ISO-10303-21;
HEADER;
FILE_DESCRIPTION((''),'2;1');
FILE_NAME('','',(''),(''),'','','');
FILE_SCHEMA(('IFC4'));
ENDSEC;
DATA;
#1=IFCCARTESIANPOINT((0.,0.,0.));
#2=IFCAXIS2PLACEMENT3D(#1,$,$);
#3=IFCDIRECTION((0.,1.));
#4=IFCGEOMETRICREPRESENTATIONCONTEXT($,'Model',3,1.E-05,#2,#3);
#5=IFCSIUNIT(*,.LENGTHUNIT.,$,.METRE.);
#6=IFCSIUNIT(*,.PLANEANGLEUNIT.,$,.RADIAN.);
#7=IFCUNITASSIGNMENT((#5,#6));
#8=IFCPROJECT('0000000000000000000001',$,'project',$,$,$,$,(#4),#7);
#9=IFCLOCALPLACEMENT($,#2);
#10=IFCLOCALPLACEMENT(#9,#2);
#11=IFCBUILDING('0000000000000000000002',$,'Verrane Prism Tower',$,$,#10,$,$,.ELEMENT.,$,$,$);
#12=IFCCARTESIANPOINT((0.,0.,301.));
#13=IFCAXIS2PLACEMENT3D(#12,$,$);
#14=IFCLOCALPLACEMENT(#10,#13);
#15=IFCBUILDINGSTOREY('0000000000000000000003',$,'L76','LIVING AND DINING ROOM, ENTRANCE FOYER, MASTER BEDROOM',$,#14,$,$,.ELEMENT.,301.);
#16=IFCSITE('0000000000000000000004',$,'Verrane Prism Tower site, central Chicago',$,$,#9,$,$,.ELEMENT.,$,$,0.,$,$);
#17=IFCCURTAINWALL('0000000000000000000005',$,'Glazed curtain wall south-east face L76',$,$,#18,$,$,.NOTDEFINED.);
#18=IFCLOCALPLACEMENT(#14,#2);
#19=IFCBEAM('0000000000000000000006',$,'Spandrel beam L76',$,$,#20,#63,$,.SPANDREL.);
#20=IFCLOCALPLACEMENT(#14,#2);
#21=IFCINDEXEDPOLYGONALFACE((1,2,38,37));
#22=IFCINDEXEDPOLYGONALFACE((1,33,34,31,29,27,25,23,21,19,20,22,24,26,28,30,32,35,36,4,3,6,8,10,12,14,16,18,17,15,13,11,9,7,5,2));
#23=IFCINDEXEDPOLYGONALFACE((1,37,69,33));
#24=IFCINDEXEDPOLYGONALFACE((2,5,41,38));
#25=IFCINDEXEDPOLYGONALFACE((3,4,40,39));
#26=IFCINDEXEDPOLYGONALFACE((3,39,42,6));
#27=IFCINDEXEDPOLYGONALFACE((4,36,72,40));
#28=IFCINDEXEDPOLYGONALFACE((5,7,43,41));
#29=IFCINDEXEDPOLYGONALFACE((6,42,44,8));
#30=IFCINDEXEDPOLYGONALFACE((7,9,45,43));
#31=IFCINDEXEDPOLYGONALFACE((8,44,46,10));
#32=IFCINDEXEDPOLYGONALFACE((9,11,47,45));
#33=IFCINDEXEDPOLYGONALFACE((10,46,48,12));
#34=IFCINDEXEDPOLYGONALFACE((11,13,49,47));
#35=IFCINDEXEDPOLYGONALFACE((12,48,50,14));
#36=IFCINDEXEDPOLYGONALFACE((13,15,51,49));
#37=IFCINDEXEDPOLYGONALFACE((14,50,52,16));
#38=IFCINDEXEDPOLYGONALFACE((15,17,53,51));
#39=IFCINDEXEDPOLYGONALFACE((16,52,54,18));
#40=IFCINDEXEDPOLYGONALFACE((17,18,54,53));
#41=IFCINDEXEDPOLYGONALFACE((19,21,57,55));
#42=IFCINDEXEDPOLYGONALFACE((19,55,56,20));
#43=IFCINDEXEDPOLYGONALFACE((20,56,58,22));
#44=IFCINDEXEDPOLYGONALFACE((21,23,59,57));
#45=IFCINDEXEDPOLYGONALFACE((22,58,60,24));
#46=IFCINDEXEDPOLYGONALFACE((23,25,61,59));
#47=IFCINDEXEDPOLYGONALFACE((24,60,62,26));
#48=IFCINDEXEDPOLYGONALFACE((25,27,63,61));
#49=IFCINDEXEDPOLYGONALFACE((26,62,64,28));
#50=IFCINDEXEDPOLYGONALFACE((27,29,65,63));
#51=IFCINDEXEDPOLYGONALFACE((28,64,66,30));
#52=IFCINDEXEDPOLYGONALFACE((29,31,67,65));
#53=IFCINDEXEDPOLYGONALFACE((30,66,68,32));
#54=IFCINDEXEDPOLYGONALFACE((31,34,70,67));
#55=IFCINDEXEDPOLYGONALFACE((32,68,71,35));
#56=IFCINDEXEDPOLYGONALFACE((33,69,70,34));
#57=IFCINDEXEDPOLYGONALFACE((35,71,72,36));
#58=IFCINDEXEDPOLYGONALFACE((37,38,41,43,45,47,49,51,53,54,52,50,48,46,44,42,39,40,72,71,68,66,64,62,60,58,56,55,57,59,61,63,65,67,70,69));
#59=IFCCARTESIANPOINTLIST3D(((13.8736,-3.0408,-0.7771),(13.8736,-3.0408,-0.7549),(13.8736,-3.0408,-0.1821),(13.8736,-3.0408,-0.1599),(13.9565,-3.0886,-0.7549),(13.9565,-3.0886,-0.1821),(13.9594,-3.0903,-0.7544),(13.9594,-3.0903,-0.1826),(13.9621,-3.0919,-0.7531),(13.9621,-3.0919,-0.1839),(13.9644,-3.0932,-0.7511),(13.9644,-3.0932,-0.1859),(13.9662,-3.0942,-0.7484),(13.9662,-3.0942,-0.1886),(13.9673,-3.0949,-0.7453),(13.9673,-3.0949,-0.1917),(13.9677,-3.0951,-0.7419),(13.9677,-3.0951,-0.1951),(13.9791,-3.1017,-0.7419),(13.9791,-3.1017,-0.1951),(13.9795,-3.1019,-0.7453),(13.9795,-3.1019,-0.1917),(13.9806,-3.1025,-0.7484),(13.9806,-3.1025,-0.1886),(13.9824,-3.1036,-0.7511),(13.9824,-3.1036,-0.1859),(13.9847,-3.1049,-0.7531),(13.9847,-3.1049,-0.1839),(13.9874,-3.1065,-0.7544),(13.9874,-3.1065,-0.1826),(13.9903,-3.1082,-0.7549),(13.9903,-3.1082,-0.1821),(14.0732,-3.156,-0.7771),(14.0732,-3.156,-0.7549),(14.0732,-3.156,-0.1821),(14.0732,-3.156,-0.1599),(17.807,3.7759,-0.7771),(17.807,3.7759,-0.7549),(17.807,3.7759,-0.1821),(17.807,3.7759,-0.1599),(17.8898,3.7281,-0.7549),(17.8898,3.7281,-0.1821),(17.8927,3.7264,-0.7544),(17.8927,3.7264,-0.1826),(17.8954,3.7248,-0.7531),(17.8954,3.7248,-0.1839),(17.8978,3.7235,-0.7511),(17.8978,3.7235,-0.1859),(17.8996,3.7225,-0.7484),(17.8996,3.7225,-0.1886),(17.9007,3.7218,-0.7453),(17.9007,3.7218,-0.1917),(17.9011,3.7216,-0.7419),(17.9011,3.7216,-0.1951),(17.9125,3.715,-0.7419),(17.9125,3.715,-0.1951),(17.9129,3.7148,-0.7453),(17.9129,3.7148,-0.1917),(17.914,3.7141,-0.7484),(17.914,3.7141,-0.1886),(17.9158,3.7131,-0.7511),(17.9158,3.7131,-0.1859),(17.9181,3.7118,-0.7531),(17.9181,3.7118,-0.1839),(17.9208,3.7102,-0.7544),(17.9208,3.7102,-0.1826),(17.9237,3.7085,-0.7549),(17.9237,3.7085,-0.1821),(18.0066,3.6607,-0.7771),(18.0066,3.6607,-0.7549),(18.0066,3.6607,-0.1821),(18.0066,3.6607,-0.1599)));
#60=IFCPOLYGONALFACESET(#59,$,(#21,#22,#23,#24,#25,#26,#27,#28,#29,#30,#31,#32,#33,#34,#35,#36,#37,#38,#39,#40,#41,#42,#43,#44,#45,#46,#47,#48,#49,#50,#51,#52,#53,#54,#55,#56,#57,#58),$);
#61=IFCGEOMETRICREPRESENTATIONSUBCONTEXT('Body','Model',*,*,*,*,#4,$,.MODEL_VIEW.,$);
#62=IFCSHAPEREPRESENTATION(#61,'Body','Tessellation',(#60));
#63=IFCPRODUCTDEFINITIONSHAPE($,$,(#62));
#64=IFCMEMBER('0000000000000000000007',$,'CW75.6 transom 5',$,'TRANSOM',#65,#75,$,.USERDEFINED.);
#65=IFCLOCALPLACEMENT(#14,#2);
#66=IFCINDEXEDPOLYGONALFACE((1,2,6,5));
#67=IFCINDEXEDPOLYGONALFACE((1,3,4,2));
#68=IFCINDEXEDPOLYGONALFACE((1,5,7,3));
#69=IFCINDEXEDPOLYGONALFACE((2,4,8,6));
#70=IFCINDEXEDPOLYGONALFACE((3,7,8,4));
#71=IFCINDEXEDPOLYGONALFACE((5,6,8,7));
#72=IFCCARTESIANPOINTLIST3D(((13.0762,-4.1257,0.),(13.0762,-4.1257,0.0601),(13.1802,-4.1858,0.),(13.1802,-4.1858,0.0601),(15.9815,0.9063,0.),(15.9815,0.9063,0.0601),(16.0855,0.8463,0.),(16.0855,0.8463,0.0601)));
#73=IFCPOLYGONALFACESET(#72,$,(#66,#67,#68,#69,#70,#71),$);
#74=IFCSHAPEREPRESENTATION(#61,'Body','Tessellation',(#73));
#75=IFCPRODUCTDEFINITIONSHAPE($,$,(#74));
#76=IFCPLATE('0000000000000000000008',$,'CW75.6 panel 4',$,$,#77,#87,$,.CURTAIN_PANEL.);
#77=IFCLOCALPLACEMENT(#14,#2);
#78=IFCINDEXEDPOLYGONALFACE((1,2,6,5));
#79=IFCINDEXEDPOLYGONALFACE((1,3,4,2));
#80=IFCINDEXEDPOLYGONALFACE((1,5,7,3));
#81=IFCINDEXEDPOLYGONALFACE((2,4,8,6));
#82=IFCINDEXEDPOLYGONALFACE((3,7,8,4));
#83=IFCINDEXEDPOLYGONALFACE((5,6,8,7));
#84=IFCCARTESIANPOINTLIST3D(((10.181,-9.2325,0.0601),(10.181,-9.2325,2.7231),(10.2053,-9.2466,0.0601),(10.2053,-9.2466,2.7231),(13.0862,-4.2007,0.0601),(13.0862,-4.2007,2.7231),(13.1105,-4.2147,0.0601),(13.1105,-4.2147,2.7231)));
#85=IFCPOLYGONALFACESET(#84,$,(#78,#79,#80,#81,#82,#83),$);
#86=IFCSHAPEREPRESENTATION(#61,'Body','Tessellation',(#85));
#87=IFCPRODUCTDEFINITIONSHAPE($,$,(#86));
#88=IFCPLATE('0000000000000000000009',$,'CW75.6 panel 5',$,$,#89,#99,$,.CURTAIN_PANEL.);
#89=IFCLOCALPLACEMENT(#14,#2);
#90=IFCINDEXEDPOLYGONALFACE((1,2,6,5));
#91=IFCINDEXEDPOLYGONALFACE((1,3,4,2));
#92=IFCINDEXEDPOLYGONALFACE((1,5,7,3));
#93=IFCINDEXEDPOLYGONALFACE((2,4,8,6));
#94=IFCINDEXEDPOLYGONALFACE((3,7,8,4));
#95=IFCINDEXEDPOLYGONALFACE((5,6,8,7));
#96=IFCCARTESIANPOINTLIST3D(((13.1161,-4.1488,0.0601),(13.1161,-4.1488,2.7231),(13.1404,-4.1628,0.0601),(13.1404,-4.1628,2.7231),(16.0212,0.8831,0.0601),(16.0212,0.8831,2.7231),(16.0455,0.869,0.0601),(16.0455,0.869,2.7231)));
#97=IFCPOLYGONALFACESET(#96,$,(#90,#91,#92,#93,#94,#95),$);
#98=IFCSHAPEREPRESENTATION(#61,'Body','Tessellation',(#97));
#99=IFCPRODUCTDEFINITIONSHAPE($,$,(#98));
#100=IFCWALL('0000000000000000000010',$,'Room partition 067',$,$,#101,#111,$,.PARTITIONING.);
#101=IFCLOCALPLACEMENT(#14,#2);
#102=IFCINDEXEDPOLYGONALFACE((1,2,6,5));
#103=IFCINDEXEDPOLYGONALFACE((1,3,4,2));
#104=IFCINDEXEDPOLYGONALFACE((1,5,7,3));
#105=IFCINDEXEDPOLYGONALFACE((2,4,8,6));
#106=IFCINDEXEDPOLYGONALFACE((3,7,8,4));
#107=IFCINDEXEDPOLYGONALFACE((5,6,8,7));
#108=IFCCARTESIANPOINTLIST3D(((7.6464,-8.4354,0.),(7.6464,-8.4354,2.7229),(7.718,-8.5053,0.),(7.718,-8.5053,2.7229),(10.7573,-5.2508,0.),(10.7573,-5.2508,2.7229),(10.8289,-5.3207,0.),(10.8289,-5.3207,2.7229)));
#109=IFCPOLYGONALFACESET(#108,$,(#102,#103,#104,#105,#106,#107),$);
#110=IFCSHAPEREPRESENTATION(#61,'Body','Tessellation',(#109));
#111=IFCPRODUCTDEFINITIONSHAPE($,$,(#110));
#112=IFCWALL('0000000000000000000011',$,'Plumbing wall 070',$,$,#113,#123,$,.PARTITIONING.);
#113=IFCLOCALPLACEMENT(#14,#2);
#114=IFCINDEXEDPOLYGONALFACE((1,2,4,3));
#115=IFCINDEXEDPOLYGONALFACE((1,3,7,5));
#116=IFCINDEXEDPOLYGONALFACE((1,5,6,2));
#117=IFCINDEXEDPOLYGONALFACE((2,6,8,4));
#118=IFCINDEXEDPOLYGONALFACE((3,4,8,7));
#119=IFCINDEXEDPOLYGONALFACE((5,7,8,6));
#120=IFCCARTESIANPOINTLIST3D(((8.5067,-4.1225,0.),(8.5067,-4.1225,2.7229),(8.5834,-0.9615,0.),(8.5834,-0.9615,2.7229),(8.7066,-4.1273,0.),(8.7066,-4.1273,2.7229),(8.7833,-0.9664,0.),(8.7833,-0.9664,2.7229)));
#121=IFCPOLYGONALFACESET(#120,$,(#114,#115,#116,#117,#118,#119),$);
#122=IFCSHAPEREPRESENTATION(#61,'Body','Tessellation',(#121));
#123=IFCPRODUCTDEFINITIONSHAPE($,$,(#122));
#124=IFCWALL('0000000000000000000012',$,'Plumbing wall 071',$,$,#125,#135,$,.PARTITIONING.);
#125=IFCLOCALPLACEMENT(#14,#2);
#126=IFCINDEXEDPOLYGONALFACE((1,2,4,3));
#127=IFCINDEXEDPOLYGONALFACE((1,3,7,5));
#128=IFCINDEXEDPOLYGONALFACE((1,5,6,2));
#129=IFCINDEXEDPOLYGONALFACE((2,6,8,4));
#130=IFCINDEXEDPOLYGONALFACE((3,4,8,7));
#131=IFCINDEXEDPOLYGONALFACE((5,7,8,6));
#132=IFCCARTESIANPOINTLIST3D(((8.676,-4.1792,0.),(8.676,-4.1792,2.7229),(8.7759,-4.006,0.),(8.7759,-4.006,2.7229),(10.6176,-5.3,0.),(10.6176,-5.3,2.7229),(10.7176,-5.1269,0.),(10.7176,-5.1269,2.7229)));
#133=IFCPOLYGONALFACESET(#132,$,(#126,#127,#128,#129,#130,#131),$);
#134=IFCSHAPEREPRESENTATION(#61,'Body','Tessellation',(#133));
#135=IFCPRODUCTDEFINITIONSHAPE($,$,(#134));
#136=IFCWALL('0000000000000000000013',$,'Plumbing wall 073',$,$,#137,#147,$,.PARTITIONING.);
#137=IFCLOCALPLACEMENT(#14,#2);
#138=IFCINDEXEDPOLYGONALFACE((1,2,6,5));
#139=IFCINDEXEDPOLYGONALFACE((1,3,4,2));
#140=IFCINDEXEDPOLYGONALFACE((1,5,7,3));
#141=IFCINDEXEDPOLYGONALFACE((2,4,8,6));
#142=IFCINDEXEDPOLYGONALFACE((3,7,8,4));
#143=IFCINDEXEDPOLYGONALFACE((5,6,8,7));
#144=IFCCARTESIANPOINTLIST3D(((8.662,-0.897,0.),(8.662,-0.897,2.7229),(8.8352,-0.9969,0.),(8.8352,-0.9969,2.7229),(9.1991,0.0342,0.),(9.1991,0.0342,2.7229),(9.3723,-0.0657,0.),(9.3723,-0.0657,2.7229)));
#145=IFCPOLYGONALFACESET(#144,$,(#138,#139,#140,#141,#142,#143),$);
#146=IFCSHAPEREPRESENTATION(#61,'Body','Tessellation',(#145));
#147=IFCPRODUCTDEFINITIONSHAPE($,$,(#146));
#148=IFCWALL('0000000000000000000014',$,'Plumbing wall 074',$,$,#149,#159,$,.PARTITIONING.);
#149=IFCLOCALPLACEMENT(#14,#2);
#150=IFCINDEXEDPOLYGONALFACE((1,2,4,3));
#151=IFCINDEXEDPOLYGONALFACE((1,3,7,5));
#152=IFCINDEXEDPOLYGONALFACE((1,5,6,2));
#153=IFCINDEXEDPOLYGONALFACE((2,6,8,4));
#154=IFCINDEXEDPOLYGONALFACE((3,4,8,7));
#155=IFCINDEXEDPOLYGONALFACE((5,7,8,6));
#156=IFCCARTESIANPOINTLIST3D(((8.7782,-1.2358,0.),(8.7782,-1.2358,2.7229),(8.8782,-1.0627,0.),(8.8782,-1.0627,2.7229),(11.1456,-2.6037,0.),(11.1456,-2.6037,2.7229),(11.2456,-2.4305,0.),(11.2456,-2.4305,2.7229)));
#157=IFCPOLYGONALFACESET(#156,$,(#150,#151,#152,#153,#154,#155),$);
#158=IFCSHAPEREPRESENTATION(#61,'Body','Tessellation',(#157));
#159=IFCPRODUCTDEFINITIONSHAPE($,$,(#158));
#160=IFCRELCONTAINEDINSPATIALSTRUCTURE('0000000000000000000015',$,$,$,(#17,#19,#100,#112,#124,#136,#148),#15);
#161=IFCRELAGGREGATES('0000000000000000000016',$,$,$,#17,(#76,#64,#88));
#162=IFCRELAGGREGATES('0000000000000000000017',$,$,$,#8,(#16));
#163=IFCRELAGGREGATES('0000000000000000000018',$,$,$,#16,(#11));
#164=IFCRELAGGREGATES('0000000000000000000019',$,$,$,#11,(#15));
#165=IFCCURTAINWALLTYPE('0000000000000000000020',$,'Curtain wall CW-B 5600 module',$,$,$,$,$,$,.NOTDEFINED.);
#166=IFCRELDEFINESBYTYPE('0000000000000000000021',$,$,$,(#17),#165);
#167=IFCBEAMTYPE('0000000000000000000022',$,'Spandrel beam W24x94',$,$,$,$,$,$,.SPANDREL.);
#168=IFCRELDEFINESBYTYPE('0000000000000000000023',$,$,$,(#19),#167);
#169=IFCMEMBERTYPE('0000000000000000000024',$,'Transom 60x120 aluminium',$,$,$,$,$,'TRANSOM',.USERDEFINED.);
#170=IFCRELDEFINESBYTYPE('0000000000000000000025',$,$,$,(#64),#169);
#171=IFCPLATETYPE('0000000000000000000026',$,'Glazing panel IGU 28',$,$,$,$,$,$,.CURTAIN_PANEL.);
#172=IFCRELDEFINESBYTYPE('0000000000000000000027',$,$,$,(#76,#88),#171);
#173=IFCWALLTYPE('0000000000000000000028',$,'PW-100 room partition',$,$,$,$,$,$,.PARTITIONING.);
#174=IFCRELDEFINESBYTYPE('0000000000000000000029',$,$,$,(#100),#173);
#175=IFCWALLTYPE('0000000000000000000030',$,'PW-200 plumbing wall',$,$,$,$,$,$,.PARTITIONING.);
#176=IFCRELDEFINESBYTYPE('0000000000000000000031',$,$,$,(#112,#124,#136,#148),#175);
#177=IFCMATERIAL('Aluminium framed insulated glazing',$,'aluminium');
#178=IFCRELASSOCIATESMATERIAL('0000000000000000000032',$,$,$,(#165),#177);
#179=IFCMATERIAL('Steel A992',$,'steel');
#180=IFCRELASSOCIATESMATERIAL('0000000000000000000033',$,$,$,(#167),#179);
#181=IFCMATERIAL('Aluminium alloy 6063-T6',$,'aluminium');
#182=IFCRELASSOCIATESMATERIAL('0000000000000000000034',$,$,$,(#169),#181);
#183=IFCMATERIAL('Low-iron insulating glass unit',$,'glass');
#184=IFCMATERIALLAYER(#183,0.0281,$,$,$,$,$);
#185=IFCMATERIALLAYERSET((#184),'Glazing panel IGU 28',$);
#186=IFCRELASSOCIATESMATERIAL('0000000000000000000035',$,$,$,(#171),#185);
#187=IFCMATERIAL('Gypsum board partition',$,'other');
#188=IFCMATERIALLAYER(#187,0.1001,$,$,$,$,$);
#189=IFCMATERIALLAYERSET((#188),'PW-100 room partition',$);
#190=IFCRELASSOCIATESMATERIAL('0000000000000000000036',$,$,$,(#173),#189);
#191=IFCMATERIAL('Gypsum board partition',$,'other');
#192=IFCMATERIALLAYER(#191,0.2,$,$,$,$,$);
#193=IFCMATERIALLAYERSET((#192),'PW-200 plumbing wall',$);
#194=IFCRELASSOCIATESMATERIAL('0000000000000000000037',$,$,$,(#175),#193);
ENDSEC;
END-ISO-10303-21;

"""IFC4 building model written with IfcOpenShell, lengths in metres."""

from ifc_helpers import new_model, si_unit, direction, frame, frame_2d, origin, origin_2d, place, context, subcontext, project, spatial, rectangle, i_section, extrude, material, layer, layer_set, material_profile, profile_set, type_object, element, aggregate, save


model = new_model("IFC4")

# Units and contexts
model_context = context("Model", 3, precision=1e-05, world=origin(), true_north=direction((0.0, 1.0)))
body_context = subcontext(model_context, "Body", "Model", "MODEL_VIEW")
ifc_project = project(units=[si_unit("LENGTHUNIT", "METRE"), si_unit("PLANEANGLEUNIT", "RADIAN")], contexts=[model_context])

# Site, building, storey
site_placement = place(None, origin())
site = spatial("IfcSite", under=ifc_project, at=site_placement, Name="Verrane Prism Tower site, central Chicago", CompositionType="ELEMENT", RefElevation=0.0)
building_placement = place(site_placement, origin())
building = spatial("IfcBuilding", under=site, at=building_placement, Name="Verrane Prism Tower", CompositionType="ELEMENT")
storey_placement = place(building_placement, frame((0.0, 0.0, 301.0)))
storey = spatial("IfcBuildingStorey", under=building, at=storey_placement, Name="L76", Description="LIVING AND DINING ROOM, ENTRANCE FOYER, MASTER BEDROOM", CompositionType="ELEMENT", Elevation=301.0)

# Curtain wall
ifc_material_1 = material(Name="Aluminium framed insulated glazing", Category="aluminium")
curtain_wall_type = type_object("IfcCurtainWallType", Name="Curtain wall CW-B 5600 module", PredefinedType="NOTDEFINED", material=ifc_material_1)
curtain_wall_placement = place(storey_placement, origin())
curtain_wall = element("IfcCurtainWall", 1, at=curtain_wall_placement, inside=storey, type_object=curtain_wall_type, Name="Glazed curtain wall south-east face L76", PredefinedType="NOTDEFINED")

# Beam
ifc_material_2 = material(Name="Steel A992", Category="steel")
ifc_material_profile_1 = material_profile(ifc_material_2, i_section(OverallWidth=0.2305, OverallDepth=0.6172, WebThickness=0.0132, FlangeThickness=0.0222, FilletRadius=0.0129, at=origin_2d()), Name="W24x94")
ifc_profile_set_1 = profile_set([ifc_material_profile_1], Name="Steel A992")
beam_type_1 = type_object("IfcBeamType", Name="Spandrel beam W24x94", PredefinedType="SPANDREL", material=ifc_profile_set_1)
beam_1_placement = place(storey_placement, frame((13.9734, -3.0984, -0.4685), z_axis=(0.499786, 0.866149, 0.0), x_axis=(-0.866149, 0.499786, 0.0)))
element("IfcBeam", 2, at=beam_1_placement, inside=storey, type_object=beam_type_1, Name="Spandrel beam L76", PredefinedType="SPANDREL", context=body_context, shape_type="SweptSolid", body=[
    extrude(i_section(OverallWidth=0.2305, OverallDepth=0.6172, WebThickness=0.0132, FlangeThickness=0.0222, FilletRadius=0.0129, at=origin_2d()), origin(), (0.0, 0.0, 1.0), 7.8701),
])

# Member
ifc_material_3 = material(Name="Aluminium alloy 6063-T6", Category="aluminium")
ifc_material_profile_2 = material_profile(ifc_material_3, rectangle(XDim=0.1201, YDim=0.0601, at=origin_2d()), Name="Transom 60x120 aluminium")
ifc_profile_set_2 = profile_set([ifc_material_profile_2], Name="Aluminium alloy 6063-T6")
member_type_1 = type_object("IfcMemberType", Name="Transom 60x120 aluminium", ElementType="TRANSOM", PredefinedType="USERDEFINED", material=ifc_profile_set_2)
member_1_placement = place(storey_placement, frame((13.1282, -4.1558, 0.03), z_axis=(0.500007, 0.866021, 0.0), x_axis=(-0.866021, 0.500007, 0.0)))
member_1 = element("IfcMember", 3, at=member_1_placement, type_object=member_type_1, Name="CW75.6 transom 5", ObjectType="TRANSOM", PredefinedType="USERDEFINED", context=body_context, shape_type="SweptSolid", body=[
    extrude(rectangle(XDim=0.1201, YDim=0.0601, at=origin_2d()), origin(), (0.0, 0.0, 1.0), 5.8105),
])

# Plates
ifc_material_4 = material(Name="Low-iron insulating glass unit", Category="glass")
ifc_layer_1 = layer(ifc_material_4, 0.0281)
ifc_layer_set_1 = layer_set([ifc_layer_1], Name="Glazing panel IGU 28")
plate_type = type_object("IfcPlateType", Name="Glazing panel IGU 28", PredefinedType="CURTAIN_PANEL", material=ifc_layer_set_1)
plate_1_placement = place(storey_placement, frame((11.6458, -6.7236, 0.0601), z_axis=(0.0, 0.0, 1.0), x_axis=(0.500001, 0.866025, 0.0)))
plate_1 = element("IfcPlate", 4, at=plate_1_placement, type_object=plate_type, Name="CW75.6 panel 4", PredefinedType="CURTAIN_PANEL", context=body_context, shape_type="SweptSolid", body=[
    extrude(rectangle(XDim=5.8103, YDim=0.0281, at=origin_2d()), origin(), (0.0, 0.0, 1.0), 2.6631),
])
plate_2_placement = place(storey_placement, frame((14.5808, -1.6399, 0.0601), z_axis=(0.0, 0.0, 1.0), x_axis=(0.500001, 0.866025, 0.0)))
plate_2 = element("IfcPlate", 5, at=plate_2_placement, type_object=plate_type, Name="CW75.6 panel 5", PredefinedType="CURTAIN_PANEL", context=body_context, shape_type="SweptSolid", body=[
    extrude(rectangle(XDim=5.8103, YDim=0.0281, at=origin_2d()), origin(), (0.0, 0.0, 1.0), 2.6631),
])
aggregate(curtain_wall, [plate_1, member_1, plate_2])

# Walls
ifc_material_5 = material(Name="Gypsum board partition", Category="other")
ifc_layer_2 = layer(ifc_material_5, 0.1001)
ifc_layer_set_2 = layer_set([ifc_layer_2], Name="PW-100 room partition")
wall_type_1 = type_object("IfcWallType", Name="PW-100 room partition", PredefinedType="PARTITIONING", material=ifc_layer_set_2)
wall_1_placement = place(storey_placement, frame((7.6821, -8.4705, 0.0), z_axis=(0.0, 0.0, 1.0), x_axis=(0.698777, 0.715339, 0.0)))
element("IfcWall", 6, at=wall_1_placement, inside=storey, type_object=wall_type_1, Name="Room partition 067", PredefinedType="PARTITIONING", context=body_context, shape_type="SweptSolid", body=[
    extrude(rectangle(XDim=4.4519, YDim=0.1001, at=frame_2d((2.2261, 0.0))), origin(), (0.0, 0.0, 1.0), 2.7229),
])
ifc_material_6 = material(Name="Gypsum board partition", Category="other")
ifc_layer_3 = layer(ifc_material_6, 0.2)
ifc_layer_set_3 = layer_set([ifc_layer_3], Name="PW-200 plumbing wall")
wall_type_2 = type_object("IfcWallType", Name="PW-200 plumbing wall", PredefinedType="PARTITIONING", material=ifc_layer_set_3)
wall_2_placement = place(storey_placement, frame((8.6067, -4.125, 0.0), z_axis=(0.0, 0.0, 1.0), x_axis=(0.024246, 0.999706, 0.0)))
element("IfcWall", 7, at=wall_2_placement, inside=storey, type_object=wall_type_2, Name="Plumbing wall 070", PredefinedType="PARTITIONING", context=body_context, shape_type="SweptSolid", body=[
    extrude(rectangle(XDim=3.1619, YDim=0.2, at=frame_2d((1.5811, 0.0))), origin(), (0.0, 0.0, 1.0), 2.7229),
])
wall_3_placement = place(storey_placement, frame((8.7258, -4.0925, 0.0), z_axis=(0.0, 0.0, 1.0), x_axis=(0.866057, -0.499946, 0.0)))
element("IfcWall", 8, at=wall_3_placement, inside=storey, type_object=wall_type_2, Name="Plumbing wall 071", PredefinedType="PARTITIONING", context=body_context, shape_type="SweptSolid", body=[
    extrude(rectangle(XDim=2.2419, YDim=0.2, at=frame_2d((1.1211, 0.0))), origin(), (0.0, 0.0, 1.0), 2.7229),
])
wall_4_placement = place(storey_placement, frame((8.7485, -0.947, 0.0), z_axis=(0.0, 0.0, 1.0), x_axis=(0.499657, 0.866223, 0.0)))
element("IfcWall", 9, at=wall_4_placement, inside=storey, type_object=wall_type_2, Name="Plumbing wall 073", PredefinedType="PARTITIONING", context=body_context, shape_type="SweptSolid", body=[
    extrude(rectangle(XDim=1.075, YDim=0.2, at=frame_2d((0.5376, 0.0))), origin(), (0.0, 0.0, 1.0), 2.7229),
])
wall_5_placement = place(storey_placement, frame((8.8281, -1.1492, 0.0), z_axis=(0.0, 0.0, 1.0), x_axis=(0.865854, -0.500297, 0.0)))
element("IfcWall", 10, at=wall_5_placement, inside=storey, type_object=wall_type_2, Name="Plumbing wall 074", PredefinedType="PARTITIONING", context=body_context, shape_type="SweptSolid", body=[
    extrude(rectangle(XDim=2.7341, YDim=0.2, at=frame_2d((1.3672, 0.0))), origin(), (0.0, 0.0, 1.0), 2.7229),
])

save(model, "model.ifc")
